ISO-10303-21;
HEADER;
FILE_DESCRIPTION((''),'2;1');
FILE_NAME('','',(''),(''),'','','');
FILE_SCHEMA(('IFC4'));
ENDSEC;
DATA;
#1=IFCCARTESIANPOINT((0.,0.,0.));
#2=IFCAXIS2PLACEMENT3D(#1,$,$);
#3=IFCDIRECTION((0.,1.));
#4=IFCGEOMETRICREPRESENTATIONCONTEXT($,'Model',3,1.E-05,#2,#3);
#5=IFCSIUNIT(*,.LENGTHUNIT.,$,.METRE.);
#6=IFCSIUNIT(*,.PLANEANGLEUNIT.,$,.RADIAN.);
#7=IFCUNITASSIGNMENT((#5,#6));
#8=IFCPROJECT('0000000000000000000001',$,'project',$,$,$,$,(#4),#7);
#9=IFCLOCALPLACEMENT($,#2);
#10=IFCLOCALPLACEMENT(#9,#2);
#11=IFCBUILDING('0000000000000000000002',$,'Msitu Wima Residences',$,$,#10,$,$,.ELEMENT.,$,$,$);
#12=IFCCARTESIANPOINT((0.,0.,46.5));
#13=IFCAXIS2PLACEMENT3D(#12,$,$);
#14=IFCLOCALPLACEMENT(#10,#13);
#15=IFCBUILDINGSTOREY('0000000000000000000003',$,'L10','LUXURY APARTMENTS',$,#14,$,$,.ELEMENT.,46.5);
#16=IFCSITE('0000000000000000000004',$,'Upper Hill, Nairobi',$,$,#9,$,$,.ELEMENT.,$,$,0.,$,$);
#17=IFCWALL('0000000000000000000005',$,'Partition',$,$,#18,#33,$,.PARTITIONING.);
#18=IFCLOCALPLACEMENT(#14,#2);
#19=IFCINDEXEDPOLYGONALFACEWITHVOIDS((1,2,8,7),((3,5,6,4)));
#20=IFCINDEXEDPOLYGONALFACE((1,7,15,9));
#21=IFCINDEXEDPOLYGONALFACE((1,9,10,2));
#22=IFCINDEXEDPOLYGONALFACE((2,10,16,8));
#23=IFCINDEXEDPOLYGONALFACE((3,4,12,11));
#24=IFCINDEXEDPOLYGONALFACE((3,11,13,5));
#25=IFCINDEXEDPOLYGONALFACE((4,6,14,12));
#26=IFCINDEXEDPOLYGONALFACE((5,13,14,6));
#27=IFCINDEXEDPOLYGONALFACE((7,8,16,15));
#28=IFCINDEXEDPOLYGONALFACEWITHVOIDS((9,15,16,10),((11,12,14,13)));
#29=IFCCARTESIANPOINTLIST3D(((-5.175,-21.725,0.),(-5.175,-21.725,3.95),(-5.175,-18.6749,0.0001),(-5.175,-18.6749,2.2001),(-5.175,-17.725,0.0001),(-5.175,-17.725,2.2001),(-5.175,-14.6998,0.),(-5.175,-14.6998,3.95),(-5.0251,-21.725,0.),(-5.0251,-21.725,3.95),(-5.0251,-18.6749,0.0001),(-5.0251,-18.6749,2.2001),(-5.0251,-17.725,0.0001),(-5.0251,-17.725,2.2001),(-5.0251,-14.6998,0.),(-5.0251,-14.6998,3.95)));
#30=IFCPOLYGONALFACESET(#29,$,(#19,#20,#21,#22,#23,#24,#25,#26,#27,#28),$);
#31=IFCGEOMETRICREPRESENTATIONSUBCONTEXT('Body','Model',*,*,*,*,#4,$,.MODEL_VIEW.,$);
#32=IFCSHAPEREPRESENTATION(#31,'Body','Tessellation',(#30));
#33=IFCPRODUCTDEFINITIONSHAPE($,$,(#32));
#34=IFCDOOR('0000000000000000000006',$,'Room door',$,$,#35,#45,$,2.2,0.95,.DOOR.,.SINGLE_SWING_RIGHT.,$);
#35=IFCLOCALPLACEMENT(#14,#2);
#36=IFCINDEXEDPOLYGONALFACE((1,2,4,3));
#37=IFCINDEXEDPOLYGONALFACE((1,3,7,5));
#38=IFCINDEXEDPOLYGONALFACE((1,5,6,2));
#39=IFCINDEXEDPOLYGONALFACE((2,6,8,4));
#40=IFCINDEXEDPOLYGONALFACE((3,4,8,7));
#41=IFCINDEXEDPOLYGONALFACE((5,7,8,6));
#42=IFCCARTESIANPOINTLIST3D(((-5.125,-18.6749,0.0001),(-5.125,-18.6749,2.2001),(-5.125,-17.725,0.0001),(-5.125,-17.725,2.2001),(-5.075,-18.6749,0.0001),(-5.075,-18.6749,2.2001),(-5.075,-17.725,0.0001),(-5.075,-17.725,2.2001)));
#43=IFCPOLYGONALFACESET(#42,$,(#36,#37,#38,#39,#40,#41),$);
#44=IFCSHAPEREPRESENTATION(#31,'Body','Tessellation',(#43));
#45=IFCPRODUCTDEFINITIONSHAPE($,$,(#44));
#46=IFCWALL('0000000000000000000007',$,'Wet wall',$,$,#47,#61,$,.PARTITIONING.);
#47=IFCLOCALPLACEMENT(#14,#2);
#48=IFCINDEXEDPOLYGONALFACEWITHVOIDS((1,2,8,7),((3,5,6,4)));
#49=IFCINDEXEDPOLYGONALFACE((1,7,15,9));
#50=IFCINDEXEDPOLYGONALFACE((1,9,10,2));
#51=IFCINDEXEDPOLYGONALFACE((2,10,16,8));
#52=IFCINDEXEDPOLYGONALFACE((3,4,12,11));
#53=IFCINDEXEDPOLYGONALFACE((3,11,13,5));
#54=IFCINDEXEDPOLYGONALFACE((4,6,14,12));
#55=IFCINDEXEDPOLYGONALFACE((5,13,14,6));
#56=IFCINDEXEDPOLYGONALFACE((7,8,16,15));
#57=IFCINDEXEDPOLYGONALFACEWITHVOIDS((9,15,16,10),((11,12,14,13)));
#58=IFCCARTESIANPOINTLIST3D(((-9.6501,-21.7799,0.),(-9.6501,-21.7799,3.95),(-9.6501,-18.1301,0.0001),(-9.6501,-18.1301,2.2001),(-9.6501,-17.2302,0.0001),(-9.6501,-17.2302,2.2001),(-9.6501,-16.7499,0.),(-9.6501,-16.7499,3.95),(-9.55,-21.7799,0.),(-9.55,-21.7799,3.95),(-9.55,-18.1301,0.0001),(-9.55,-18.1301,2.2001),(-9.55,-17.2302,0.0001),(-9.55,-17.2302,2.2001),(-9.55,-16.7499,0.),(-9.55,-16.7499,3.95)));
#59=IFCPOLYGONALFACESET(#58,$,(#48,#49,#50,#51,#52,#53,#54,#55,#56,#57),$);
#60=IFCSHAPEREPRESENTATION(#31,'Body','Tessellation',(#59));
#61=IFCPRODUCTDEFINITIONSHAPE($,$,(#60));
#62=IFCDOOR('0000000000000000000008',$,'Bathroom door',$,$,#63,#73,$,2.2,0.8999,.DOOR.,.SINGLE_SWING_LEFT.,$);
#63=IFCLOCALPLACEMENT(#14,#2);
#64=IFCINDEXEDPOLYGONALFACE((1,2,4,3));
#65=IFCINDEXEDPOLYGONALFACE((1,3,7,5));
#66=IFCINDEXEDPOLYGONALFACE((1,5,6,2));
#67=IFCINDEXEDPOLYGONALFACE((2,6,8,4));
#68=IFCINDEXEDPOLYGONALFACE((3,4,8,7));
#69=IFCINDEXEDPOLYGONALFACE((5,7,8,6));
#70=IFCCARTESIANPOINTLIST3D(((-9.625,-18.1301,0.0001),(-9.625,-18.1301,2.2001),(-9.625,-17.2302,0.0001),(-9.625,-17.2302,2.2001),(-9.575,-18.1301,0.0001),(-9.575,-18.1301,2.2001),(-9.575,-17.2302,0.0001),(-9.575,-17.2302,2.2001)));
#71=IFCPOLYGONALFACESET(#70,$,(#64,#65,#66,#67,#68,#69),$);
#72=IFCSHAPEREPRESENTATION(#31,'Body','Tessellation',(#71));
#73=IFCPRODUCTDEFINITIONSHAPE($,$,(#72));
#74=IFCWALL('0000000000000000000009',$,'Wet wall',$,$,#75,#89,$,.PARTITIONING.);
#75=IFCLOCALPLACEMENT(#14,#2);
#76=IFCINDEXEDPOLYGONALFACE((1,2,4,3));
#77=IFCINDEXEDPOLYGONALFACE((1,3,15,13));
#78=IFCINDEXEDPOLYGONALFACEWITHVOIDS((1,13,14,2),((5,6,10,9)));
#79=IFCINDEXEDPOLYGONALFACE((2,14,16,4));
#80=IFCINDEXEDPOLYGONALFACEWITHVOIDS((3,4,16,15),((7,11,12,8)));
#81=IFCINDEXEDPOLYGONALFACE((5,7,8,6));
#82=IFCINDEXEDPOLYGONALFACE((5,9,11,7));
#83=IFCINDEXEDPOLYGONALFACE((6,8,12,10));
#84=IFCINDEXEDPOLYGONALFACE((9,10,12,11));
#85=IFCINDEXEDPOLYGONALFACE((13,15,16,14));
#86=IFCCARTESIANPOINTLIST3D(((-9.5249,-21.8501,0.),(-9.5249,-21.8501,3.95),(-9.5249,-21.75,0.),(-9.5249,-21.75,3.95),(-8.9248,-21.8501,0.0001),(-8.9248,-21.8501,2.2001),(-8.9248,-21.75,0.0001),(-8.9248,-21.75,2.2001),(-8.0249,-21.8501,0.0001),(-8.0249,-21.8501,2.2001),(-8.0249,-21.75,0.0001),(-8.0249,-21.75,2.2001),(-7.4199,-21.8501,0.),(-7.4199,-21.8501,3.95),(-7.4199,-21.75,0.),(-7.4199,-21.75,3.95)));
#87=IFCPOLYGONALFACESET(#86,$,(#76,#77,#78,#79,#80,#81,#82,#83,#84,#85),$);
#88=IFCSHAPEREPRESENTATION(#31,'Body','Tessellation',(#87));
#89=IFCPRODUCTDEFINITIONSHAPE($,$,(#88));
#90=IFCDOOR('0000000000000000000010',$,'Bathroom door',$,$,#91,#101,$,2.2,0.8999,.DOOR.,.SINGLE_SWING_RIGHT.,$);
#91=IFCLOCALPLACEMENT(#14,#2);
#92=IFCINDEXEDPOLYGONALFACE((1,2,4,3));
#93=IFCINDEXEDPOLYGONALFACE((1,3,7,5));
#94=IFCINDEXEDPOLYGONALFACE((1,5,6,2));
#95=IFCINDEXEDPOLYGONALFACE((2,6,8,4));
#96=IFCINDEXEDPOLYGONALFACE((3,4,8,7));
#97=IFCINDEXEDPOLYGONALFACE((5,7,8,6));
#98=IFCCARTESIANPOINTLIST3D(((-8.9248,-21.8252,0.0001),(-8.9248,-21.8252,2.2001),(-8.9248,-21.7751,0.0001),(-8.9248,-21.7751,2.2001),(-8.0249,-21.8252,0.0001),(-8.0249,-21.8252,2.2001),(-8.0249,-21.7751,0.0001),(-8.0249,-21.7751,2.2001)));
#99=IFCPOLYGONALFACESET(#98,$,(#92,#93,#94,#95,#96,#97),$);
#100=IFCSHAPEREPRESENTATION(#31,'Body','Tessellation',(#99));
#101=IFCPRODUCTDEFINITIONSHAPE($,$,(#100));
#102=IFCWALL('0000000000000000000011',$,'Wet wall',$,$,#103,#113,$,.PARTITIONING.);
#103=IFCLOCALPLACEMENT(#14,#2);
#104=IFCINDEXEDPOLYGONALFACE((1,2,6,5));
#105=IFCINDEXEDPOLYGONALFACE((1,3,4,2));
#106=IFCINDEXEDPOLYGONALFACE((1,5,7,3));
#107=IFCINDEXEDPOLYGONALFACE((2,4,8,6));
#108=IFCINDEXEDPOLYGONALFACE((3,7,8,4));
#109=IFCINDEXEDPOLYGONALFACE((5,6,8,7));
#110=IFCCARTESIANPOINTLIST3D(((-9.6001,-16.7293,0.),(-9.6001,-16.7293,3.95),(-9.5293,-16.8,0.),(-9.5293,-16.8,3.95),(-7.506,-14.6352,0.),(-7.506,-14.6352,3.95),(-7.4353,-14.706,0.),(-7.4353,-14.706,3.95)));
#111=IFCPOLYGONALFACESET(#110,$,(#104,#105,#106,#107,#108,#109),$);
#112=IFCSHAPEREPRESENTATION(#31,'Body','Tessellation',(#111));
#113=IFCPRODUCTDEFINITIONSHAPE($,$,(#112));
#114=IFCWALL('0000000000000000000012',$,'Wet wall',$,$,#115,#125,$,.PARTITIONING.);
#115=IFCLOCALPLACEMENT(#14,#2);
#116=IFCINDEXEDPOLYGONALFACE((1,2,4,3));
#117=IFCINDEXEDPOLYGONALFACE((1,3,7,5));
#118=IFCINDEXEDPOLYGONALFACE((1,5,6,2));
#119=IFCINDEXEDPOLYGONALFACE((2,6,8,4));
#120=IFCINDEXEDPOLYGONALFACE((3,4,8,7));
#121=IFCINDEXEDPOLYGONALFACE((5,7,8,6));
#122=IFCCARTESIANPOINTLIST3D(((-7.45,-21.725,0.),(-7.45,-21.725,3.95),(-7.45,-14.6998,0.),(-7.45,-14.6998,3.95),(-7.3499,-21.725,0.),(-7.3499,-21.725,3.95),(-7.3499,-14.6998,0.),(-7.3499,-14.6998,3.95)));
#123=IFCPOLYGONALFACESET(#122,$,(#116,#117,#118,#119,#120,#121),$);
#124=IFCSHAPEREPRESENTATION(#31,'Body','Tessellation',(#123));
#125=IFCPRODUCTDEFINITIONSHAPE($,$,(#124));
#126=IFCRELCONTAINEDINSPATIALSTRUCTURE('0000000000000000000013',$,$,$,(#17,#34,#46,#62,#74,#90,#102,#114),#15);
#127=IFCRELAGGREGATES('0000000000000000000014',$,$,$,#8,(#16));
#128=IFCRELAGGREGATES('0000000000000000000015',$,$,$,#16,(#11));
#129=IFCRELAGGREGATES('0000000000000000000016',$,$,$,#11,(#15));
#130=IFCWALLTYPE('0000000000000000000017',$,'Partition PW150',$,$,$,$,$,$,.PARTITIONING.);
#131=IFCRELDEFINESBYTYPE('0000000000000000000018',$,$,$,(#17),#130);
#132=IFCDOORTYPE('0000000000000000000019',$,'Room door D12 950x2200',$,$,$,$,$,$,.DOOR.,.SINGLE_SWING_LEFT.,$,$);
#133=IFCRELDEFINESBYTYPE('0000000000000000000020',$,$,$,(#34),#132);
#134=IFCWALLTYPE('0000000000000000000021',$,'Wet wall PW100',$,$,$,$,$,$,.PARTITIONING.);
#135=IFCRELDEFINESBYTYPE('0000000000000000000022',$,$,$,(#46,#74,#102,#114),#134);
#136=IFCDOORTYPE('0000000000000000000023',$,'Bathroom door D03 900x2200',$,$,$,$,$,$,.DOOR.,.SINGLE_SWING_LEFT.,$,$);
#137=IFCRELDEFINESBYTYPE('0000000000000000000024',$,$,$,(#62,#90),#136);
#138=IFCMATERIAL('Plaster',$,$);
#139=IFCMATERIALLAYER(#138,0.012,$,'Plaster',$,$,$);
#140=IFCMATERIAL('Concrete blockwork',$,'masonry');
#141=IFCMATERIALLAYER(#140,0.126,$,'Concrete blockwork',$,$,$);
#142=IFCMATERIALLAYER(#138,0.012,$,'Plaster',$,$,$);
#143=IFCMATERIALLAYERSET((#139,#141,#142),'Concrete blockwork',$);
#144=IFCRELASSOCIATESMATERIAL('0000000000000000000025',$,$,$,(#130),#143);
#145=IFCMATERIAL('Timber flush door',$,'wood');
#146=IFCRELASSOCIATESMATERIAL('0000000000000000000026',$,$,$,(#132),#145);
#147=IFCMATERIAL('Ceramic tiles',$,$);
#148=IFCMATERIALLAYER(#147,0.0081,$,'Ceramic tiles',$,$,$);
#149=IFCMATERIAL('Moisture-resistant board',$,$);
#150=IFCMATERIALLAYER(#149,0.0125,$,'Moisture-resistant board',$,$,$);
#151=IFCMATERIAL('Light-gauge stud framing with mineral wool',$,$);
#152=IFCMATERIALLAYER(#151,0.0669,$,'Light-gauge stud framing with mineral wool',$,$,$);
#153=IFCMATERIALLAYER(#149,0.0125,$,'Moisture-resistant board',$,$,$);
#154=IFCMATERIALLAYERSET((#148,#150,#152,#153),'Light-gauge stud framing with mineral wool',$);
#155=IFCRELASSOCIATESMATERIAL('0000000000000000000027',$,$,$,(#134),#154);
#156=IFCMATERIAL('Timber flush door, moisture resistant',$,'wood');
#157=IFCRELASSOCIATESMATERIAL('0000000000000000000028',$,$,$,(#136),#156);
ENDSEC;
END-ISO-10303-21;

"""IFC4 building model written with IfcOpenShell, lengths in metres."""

from ifc_helpers import new_model, si_unit, direction, frame, frame_2d, origin, place, context, subcontext, project, spatial, rectangle, extrude, material, layer, layer_set, type_object, element, fill, save


model = new_model("IFC4")

# Units and contexts
model_context = context("Model", 3, precision=1e-05, world=origin(), true_north=direction((0.0, 1.0)))
body_context = subcontext(model_context, "Body", "Model", "MODEL_VIEW")
ifc_project = project(units=[si_unit("LENGTHUNIT", "METRE"), si_unit("PLANEANGLEUNIT", "RADIAN")], contexts=[model_context])

# Site, building, storey
site_placement = place(None, origin())
site = spatial("IfcSite", under=ifc_project, at=site_placement, Name="Upper Hill, Nairobi", CompositionType="ELEMENT", RefElevation=0.0)
building_placement = place(site_placement, origin())
building = spatial("IfcBuilding", under=site, at=building_placement, Name="Msitu Wima Residences", CompositionType="ELEMENT")
storey_placement = place(building_placement, frame((0.0, 0.0, 46.5)))
storey = spatial("IfcBuildingStorey", under=building, at=storey_placement, Name="L10", Description="LUXURY APARTMENTS", CompositionType="ELEMENT", Elevation=46.5)

# Shared definitions
ifc_material_1 = material(Name="Plaster")
ifc_layer_1 = layer(ifc_material_1, 0.012, Name="Plaster")
ifc_material_2 = material(Name="Concrete blockwork", Category="masonry")
ifc_layer_2 = layer(ifc_material_2, 0.126, Name="Concrete blockwork")
ifc_layer_3 = layer(ifc_material_1, 0.012, Name="Plaster")
ifc_layer_set_1 = layer_set([ifc_layer_1, ifc_layer_2, ifc_layer_3], Name="Concrete blockwork")
wall_type_1 = type_object("IfcWallType", Name="Partition PW150", PredefinedType="PARTITIONING", material=ifc_layer_set_1)

# Walls, openings, doors
ifc_material_3 = material(Name="Timber flush door", Category="wood")
door_type_1 = type_object("IfcDoorType", Name="Room door D12 950x2200", OperationType="SINGLE_SWING_LEFT", PredefinedType="DOOR", material=ifc_material_3)
wall_1_placement = place(storey_placement, frame((-5.1001, -21.7251, 0.0), z_axis=(0.0, 0.0, 1.0), x_axis=(0.0, 1.0, 0.0)))
wall_1 = element("IfcWall", 1, at=wall_1_placement, inside=storey, type_object=wall_type_1, Name="Partition", PredefinedType="PARTITIONING", context=body_context, shape_type="SweptSolid", body=[
    extrude(rectangle(XDim=7.0251, YDim=0.1499, at=frame_2d((3.5127, 0.0))), origin(), (0.0, 0.0, 1.0), 3.95),
])
opening_1_placement = place(wall_1_placement, frame((3.05, 0.0, 0.0)))
opening_1 = element("IfcOpeningElement", 2, at=opening_1_placement, cuts=wall_1, PredefinedType="OPENING", context=body_context, shape_type="SweptSolid", body=[
    extrude(rectangle(XDim=0.95, YDim=2.2, at=frame_2d((0.4751, 1.1001))), frame((0.0, 0.085, 0.0), z_axis=(0.0, -1.0, 0.0), x_axis=(1.0, 0.0, 0.0)), (0.0, 0.0, 1.0), 0.1699),
])
door_1_placement = place(opening_1_placement, origin())
door_1 = element("IfcDoor", 3, at=door_1_placement, inside=storey, type_object=door_type_1, Name="Room door", OperationType="SINGLE_SWING_RIGHT", OverallHeight=2.2, OverallWidth=0.95, PredefinedType="DOOR", context=body_context, shape_type="SweptSolid", body=[
    extrude(rectangle(XDim=0.95, YDim=2.2, at=frame_2d((0.4751, 1.1001))), frame((0.0, 0.0249, 0.0), z_axis=(0.0, -1.0, 0.0), x_axis=(1.0, 0.0, 0.0)), (0.0, 0.0, 1.0), 0.05),
])
fill(opening_1, door_1)
ifc_material_4 = material(Name="Ceramic tiles")
ifc_layer_4 = layer(ifc_material_4, 0.0081, Name="Ceramic tiles")
ifc_material_5 = material(Name="Moisture-resistant board")
ifc_layer_5 = layer(ifc_material_5, 0.0125, Name="Moisture-resistant board")
ifc_material_6 = material(Name="Light-gauge stud framing with mineral wool")
ifc_layer_6 = layer(ifc_material_6, 0.0669, Name="Light-gauge stud framing with mineral wool")
ifc_layer_7 = layer(ifc_material_5, 0.0125, Name="Moisture-resistant board")
ifc_layer_set_2 = layer_set([ifc_layer_4, ifc_layer_5, ifc_layer_6, ifc_layer_7], Name="Light-gauge stud framing with mineral wool")
wall_type_2 = type_object("IfcWallType", Name="Wet wall PW100", PredefinedType="PARTITIONING", material=ifc_layer_set_2)
wall_2_placement = place(storey_placement, frame((-9.6001, -21.78, 0.0), z_axis=(0.0, 0.0, 1.0), x_axis=(0.0, 1.0, 0.0)))
wall_2 = element("IfcWall", 4, at=wall_2_placement, inside=storey, type_object=wall_type_2, Name="Wet wall", PredefinedType="PARTITIONING", context=body_context, shape_type="SweptSolid", body=[
    extrude(rectangle(XDim=5.03, YDim=0.1001, at=frame_2d((2.5151, 0.0))), origin(), (0.0, 0.0, 1.0), 3.95),
])
opening_2_placement = place(wall_2_placement, frame((3.6499, 0.0, 0.0)))
opening_2 = element("IfcOpeningElement", 5, at=opening_2_placement, cuts=wall_2, PredefinedType="OPENING", context=body_context, shape_type="SweptSolid", body=[
    extrude(rectangle(XDim=0.8999, YDim=2.2, at=frame_2d((0.45, 1.1001))), frame((0.0, 0.0601, 0.0), z_axis=(0.0, -1.0, 0.0), x_axis=(1.0, 0.0, 0.0)), (0.0, 0.0, 1.0), 0.1201),
])
ifc_material_7 = material(Name="Timber flush door, moisture resistant", Category="wood")
door_type_2 = type_object("IfcDoorType", Name="Bathroom door D03 900x2200", OperationType="SINGLE_SWING_LEFT", PredefinedType="DOOR", material=ifc_material_7)
door_2_placement = place(opening_2_placement, origin())
door_2 = element("IfcDoor", 6, at=door_2_placement, inside=storey, type_object=door_type_2, Name="Bathroom door", OperationType="SINGLE_SWING_LEFT", OverallHeight=2.2, OverallWidth=0.8999, PredefinedType="DOOR", context=body_context, shape_type="SweptSolid", body=[
    extrude(rectangle(XDim=0.8999, YDim=2.2, at=frame_2d((0.45, 1.1001))), frame((0.0, 0.0249, 0.0), z_axis=(0.0, -1.0, 0.0), x_axis=(1.0, 0.0, 0.0)), (0.0, 0.0, 1.0), 0.05),
])
fill(opening_2, door_2)
wall_3_placement = place(storey_placement, frame((-9.5249, -21.8, 0.0), z_axis=(0.0, 0.0, 1.0), x_axis=(1.0, 0.0, 0.0)))
wall_3 = element("IfcWall", 7, at=wall_3_placement, inside=storey, type_object=wall_type_2, Name="Wet wall", PredefinedType="PARTITIONING", context=body_context, shape_type="SweptSolid", body=[
    extrude(rectangle(XDim=2.105, YDim=0.1001, at=frame_2d((1.0525, 0.0))), origin(), (0.0, 0.0, 1.0), 3.95),
])
opening_3_placement = place(wall_3_placement, frame((0.6001, 0.0, 0.0)))
opening_3 = element("IfcOpeningElement", 8, at=opening_3_placement, cuts=wall_3, PredefinedType="OPENING", context=body_context, shape_type="SweptSolid", body=[
    extrude(rectangle(XDim=0.8999, YDim=2.2, at=frame_2d((0.45, 1.1001))), frame((0.0, 0.0601, 0.0), z_axis=(0.0, -1.0, 0.0), x_axis=(1.0, 0.0, 0.0)), (0.0, 0.0, 1.0), 0.1201),
])
door_3_placement = place(opening_3_placement, origin())
door_3 = element("IfcDoor", 9, at=door_3_placement, inside=storey, type_object=door_type_2, Name="Bathroom door", OperationType="SINGLE_SWING_RIGHT", OverallHeight=2.2, OverallWidth=0.8999, PredefinedType="DOOR", context=body_context, shape_type="SweptSolid", body=[
    extrude(rectangle(XDim=0.8999, YDim=2.2, at=frame_2d((0.45, 1.1001))), frame((0.0, 0.0249, 0.0), z_axis=(0.0, -1.0, 0.0), x_axis=(1.0, 0.0, 0.0)), (0.0, 0.0, 1.0), 0.05),
])
fill(opening_3, door_3)

# Walls
wall_4_placement = place(storey_placement, frame((-9.5647, -16.7646, 0.0), z_axis=(0.0, 0.0, 1.0), x_axis=(0.707107, 0.707107, 0.0)))
element("IfcWall", 10, at=wall_4_placement, inside=storey, type_object=wall_type_2, Name="Wet wall", PredefinedType="PARTITIONING", context=body_context, shape_type="SweptSolid", body=[
    extrude(rectangle(XDim=2.9614, YDim=0.1001, at=frame_2d((1.4807, 0.0))), origin(), (0.0, 0.0, 1.0), 3.95),
])
wall_5_placement = place(storey_placement, frame((-7.3999, -21.7251, 0.0), z_axis=(0.0, 0.0, 1.0), x_axis=(0.0, 1.0, 0.0)))
element("IfcWall", 11, at=wall_5_placement, inside=storey, type_object=wall_type_2, Name="Wet wall", PredefinedType="PARTITIONING", context=body_context, shape_type="SweptSolid", body=[
    extrude(rectangle(XDim=7.0251, YDim=0.1001, at=frame_2d((3.5127, 0.0))), origin(), (0.0, 0.0, 1.0), 3.95),
])

save(model, "model.ifc")
